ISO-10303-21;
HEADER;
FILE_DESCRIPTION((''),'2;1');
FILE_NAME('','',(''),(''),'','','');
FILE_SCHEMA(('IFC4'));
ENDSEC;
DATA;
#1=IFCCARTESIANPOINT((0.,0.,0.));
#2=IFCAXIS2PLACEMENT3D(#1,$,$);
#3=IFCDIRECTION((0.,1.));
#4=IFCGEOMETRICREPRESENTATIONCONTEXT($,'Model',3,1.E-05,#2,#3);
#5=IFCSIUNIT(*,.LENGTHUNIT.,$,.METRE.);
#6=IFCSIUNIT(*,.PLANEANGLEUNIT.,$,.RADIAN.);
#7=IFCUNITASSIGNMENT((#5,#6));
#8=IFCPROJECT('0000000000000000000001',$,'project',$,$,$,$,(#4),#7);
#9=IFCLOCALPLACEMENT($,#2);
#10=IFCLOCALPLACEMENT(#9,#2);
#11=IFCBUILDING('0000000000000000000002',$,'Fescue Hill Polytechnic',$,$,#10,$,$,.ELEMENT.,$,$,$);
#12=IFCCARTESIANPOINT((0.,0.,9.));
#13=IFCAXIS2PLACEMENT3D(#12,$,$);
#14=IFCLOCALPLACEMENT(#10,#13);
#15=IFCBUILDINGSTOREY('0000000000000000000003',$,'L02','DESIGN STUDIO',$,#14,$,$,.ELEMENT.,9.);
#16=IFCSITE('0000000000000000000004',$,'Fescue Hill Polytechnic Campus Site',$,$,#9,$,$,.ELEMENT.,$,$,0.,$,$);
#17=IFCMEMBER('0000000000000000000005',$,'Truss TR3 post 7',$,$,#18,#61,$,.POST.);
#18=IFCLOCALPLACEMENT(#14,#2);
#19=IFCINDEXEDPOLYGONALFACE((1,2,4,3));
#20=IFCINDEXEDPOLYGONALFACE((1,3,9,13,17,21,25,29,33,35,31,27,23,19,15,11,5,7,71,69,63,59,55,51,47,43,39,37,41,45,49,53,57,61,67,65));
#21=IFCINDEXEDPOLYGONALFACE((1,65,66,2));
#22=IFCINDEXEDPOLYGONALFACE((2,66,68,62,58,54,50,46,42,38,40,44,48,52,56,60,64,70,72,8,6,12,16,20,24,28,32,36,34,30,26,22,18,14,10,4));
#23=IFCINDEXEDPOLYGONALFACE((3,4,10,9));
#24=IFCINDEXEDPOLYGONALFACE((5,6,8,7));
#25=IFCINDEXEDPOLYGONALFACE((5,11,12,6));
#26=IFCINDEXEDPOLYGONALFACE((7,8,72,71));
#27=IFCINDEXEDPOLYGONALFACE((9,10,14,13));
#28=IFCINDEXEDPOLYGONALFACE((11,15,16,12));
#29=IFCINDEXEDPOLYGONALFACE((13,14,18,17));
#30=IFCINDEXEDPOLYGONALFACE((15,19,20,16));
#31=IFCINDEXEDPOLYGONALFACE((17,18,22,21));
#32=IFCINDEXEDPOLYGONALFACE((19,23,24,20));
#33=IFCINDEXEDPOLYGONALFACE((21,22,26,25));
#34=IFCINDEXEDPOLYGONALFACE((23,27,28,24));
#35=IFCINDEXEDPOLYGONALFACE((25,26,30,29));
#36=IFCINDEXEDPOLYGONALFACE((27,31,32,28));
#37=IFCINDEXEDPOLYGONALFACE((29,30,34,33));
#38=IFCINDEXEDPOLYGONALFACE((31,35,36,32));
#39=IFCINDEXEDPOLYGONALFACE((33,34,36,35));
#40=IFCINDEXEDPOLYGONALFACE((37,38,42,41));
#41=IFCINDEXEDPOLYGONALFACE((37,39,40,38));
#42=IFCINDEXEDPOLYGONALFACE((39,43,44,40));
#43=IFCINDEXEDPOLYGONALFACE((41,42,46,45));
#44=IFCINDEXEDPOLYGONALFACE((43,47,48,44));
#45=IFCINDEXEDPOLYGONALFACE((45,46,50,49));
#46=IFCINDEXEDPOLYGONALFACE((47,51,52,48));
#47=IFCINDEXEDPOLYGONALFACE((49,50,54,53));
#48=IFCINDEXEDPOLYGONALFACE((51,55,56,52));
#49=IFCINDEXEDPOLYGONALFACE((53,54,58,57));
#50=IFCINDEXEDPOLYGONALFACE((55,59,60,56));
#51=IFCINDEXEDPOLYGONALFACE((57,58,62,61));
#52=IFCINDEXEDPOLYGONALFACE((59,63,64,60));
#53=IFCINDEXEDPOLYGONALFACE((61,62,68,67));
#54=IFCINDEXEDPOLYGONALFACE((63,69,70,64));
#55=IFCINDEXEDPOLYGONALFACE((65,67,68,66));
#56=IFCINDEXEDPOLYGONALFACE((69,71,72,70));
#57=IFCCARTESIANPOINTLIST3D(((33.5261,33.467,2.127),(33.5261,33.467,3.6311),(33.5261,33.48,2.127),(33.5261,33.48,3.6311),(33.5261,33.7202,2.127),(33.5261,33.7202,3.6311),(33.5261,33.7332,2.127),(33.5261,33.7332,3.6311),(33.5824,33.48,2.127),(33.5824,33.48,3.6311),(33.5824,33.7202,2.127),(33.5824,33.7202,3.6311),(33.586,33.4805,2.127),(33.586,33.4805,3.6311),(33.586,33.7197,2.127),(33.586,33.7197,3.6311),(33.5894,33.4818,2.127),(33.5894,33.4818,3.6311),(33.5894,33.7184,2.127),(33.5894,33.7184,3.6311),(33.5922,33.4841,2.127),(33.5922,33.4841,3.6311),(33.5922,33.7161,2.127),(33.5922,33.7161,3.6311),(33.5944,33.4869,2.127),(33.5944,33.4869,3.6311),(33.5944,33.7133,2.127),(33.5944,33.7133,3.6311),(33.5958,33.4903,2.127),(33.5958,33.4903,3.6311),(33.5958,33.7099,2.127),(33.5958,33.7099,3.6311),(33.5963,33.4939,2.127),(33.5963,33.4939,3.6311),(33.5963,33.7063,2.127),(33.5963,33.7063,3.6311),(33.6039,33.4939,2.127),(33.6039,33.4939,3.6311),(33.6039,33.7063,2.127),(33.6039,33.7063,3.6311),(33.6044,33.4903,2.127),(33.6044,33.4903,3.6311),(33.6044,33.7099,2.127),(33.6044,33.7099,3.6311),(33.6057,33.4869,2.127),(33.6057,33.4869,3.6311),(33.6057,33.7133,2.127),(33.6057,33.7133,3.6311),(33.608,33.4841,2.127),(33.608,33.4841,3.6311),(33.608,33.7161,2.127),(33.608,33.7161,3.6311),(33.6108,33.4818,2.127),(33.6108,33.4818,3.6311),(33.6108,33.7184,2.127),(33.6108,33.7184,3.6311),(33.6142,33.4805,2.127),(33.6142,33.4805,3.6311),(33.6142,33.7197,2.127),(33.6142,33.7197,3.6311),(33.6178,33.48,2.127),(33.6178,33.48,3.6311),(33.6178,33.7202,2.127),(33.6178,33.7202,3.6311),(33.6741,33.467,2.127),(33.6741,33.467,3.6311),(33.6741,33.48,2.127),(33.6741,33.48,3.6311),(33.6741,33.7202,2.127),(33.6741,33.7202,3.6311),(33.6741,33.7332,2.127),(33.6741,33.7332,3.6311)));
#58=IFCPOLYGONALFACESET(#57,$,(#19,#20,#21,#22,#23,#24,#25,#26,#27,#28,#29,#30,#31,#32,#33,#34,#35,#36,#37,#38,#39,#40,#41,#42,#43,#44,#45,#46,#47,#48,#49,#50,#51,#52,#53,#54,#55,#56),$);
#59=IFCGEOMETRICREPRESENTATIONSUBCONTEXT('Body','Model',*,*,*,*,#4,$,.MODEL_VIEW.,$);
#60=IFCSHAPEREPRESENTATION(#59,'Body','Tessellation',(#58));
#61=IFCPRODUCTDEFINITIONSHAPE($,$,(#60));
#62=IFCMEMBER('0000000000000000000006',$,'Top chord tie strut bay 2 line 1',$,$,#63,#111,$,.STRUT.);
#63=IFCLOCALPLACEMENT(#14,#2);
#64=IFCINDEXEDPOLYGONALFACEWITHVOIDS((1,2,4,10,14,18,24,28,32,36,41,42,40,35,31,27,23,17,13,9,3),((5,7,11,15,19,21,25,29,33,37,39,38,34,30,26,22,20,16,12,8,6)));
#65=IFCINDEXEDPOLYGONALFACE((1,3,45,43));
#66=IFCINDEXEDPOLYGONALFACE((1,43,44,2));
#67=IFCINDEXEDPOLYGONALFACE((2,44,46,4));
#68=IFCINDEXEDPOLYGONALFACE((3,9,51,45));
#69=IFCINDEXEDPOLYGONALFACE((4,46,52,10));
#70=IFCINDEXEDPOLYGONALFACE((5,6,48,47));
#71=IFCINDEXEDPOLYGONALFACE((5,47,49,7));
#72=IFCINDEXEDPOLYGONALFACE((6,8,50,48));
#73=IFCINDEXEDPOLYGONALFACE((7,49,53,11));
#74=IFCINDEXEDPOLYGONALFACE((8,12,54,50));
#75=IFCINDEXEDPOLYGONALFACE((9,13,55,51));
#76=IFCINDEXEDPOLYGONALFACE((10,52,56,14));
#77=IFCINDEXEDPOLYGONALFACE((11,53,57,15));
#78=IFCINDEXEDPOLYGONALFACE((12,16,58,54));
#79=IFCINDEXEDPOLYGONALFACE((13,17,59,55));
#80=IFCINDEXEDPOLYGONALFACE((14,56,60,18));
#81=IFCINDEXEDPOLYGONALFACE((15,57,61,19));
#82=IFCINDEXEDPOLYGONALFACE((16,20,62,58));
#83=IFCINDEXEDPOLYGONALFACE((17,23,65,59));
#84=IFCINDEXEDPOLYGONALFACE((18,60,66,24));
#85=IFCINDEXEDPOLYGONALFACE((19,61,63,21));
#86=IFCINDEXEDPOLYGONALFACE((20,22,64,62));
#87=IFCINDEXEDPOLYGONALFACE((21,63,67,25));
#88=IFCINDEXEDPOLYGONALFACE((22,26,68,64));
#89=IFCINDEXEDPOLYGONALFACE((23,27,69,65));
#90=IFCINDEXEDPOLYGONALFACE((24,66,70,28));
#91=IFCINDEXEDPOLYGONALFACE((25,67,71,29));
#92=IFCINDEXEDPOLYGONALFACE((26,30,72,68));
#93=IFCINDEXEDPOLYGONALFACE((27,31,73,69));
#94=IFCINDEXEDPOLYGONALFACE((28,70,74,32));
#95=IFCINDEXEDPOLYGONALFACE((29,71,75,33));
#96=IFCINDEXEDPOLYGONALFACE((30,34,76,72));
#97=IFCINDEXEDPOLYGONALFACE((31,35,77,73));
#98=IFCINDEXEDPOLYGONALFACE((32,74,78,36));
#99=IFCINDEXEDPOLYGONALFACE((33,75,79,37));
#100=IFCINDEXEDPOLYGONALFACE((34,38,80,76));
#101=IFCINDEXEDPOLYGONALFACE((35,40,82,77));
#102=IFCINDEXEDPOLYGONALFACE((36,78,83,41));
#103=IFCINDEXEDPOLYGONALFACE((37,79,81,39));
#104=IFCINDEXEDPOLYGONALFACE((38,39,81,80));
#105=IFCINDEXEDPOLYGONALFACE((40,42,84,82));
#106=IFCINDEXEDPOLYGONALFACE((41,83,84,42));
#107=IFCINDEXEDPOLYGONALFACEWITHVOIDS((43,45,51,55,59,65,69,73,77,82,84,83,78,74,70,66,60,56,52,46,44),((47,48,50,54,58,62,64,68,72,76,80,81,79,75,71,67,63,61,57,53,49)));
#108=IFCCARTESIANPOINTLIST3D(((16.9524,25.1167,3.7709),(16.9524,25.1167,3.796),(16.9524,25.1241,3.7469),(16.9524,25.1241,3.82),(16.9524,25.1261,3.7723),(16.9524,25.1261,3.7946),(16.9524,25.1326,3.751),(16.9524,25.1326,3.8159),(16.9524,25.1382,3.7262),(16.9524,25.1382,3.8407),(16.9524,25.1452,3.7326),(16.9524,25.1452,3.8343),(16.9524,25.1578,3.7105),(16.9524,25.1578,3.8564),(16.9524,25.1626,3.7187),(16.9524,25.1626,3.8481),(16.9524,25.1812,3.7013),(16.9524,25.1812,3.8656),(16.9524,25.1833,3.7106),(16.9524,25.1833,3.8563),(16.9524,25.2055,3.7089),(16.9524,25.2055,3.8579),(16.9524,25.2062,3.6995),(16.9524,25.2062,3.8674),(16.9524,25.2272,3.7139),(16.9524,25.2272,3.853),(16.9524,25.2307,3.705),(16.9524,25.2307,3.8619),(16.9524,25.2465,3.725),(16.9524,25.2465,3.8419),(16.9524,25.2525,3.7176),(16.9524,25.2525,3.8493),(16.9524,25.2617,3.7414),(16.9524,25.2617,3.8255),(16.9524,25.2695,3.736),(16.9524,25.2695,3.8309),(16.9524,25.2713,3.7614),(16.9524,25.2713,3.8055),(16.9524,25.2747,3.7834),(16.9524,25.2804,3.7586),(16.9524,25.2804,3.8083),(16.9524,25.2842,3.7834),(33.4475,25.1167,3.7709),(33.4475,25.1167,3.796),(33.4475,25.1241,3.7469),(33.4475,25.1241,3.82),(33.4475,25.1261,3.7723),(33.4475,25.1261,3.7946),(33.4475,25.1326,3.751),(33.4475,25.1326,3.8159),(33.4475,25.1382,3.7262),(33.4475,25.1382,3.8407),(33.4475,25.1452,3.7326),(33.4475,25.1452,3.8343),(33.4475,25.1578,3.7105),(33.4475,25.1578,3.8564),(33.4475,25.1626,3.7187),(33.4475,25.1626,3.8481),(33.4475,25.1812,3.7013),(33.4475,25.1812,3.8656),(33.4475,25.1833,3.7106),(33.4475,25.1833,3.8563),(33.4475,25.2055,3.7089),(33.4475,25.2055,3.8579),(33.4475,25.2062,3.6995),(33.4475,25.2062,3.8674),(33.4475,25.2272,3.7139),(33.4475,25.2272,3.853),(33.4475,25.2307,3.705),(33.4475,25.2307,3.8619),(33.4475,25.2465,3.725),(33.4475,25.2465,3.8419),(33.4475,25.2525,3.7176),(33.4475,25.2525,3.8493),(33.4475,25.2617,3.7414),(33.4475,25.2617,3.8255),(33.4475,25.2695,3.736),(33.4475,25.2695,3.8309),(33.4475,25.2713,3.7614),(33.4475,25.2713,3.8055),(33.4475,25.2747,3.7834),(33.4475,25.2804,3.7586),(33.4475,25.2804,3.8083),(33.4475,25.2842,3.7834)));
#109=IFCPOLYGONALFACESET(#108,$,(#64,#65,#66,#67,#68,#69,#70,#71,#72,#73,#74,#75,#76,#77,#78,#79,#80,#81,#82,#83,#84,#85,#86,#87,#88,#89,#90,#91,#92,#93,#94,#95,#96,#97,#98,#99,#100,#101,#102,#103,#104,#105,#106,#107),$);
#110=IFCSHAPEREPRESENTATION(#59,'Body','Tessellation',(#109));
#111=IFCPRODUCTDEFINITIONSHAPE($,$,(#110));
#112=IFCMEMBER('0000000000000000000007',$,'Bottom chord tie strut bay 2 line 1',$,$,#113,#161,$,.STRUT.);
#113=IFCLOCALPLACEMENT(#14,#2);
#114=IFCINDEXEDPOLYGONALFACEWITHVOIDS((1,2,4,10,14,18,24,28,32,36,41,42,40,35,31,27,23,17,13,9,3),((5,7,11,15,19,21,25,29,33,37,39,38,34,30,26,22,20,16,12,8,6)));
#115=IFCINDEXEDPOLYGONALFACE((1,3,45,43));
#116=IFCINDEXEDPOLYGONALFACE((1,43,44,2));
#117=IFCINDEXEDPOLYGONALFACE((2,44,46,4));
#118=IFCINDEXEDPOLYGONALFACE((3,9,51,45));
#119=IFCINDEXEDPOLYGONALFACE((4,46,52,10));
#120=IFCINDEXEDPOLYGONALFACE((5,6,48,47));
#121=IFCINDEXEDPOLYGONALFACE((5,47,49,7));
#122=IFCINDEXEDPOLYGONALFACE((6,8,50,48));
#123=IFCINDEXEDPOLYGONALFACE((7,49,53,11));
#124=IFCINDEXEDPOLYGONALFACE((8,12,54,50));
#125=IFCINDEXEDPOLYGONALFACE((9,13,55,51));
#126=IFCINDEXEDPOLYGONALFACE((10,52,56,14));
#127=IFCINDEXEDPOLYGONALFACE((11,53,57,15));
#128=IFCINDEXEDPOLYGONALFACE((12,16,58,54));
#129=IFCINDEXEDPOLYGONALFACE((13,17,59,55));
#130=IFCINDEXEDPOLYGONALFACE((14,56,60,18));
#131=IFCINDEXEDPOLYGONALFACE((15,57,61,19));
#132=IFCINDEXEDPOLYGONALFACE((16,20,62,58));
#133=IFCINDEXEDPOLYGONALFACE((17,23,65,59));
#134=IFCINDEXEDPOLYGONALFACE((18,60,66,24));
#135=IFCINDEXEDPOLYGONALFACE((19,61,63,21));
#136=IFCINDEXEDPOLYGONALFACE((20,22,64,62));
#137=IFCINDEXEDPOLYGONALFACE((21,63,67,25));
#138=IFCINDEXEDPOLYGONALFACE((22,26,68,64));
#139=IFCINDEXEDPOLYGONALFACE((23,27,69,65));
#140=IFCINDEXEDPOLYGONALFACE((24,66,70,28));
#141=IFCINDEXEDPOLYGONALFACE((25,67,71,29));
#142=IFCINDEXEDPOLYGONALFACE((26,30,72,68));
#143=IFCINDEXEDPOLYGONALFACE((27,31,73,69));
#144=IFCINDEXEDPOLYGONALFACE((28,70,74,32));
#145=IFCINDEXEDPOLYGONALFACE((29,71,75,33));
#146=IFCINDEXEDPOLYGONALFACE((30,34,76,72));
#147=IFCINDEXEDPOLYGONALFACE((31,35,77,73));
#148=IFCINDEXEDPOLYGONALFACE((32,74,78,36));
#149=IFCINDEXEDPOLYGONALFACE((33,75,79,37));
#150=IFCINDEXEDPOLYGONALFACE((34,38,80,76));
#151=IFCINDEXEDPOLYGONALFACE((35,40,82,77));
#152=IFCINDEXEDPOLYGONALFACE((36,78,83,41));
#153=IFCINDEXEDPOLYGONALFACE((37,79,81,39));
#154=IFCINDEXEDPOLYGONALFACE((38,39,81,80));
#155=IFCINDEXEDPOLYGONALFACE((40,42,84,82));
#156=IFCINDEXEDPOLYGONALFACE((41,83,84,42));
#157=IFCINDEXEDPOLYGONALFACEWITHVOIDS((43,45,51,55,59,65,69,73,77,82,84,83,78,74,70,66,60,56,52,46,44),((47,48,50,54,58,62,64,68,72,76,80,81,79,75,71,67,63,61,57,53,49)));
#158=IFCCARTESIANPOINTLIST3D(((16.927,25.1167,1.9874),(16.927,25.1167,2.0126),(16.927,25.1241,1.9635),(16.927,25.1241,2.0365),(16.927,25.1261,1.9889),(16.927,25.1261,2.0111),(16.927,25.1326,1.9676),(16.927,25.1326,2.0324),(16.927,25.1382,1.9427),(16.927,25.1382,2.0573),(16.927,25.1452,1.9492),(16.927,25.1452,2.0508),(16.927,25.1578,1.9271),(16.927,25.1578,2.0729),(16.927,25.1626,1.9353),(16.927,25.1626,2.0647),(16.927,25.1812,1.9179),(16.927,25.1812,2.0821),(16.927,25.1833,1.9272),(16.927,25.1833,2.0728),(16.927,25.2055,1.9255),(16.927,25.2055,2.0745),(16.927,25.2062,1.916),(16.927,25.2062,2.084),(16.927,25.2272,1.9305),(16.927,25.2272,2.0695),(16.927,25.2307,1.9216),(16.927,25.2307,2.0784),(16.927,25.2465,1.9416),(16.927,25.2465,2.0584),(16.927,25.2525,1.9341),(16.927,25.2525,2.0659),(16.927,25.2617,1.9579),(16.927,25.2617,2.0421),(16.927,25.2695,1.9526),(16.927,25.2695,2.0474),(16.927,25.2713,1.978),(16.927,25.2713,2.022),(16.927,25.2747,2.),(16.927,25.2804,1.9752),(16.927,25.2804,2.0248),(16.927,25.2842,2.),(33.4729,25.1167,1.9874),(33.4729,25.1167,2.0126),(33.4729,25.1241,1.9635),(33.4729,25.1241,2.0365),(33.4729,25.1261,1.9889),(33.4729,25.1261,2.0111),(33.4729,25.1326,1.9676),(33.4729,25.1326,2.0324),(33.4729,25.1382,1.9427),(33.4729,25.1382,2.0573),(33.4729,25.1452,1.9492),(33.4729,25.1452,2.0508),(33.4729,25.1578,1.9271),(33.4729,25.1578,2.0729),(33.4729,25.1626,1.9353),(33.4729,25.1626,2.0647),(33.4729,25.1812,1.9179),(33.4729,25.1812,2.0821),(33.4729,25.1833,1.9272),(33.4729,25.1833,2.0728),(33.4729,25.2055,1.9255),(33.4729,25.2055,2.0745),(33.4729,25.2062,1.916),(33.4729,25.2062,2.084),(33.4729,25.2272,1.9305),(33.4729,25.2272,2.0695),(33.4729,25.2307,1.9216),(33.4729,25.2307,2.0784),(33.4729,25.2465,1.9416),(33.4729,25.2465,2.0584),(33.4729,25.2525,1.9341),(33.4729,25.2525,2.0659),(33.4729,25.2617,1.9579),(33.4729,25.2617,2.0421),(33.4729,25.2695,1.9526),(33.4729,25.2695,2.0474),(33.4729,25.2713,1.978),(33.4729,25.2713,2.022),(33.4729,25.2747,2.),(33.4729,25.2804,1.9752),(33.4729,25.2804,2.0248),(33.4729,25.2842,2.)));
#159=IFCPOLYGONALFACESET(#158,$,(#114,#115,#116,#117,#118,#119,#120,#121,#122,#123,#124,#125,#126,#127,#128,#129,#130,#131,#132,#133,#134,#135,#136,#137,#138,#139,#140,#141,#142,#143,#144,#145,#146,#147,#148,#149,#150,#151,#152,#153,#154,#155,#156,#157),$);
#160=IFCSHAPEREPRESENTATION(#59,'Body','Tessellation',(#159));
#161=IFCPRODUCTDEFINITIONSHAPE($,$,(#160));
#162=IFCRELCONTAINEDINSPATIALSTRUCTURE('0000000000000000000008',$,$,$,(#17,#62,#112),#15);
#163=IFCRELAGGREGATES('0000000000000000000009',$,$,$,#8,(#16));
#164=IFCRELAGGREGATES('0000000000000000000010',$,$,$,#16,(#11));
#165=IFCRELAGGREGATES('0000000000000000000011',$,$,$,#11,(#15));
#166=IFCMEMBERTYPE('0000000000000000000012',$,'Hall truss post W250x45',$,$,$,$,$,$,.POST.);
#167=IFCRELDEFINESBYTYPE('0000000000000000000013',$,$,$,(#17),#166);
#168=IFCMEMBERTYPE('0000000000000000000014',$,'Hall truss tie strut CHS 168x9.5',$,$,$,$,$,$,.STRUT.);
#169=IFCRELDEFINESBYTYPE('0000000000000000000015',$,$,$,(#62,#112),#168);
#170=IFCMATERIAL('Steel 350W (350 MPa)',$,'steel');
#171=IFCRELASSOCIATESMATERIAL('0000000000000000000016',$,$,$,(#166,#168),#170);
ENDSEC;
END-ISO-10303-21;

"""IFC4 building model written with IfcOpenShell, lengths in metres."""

from ifc_helpers import new_model, si_unit, direction, frame, origin, origin_2d, place, context, subcontext, project, spatial, hollow_circle, i_section, extrude, material, material_profile, profile_set, type_object, element, save


model = new_model("IFC4")

# Units and contexts
model_context = context("Model", 3, precision=1e-05, world=origin(), true_north=direction((0.0, 1.0)))
body_context = subcontext(model_context, "Body", "Model", "MODEL_VIEW")
ifc_project = project(units=[si_unit("LENGTHUNIT", "METRE"), si_unit("PLANEANGLEUNIT", "RADIAN")], contexts=[model_context])

# Site, building, storey
site_placement = place(None, origin())
site = spatial("IfcSite", under=ifc_project, at=site_placement, Name="Fescue Hill Polytechnic Campus Site", CompositionType="ELEMENT", RefElevation=0.0)
building_placement = place(site_placement, origin())
building = spatial("IfcBuilding", under=site, at=building_placement, Name="Fescue Hill Polytechnic", CompositionType="ELEMENT")
storey_placement = place(building_placement, frame((0.0, 0.0, 9.0)))
storey = spatial("IfcBuildingStorey", under=building, at=storey_placement, Name="L02", Description="DESIGN STUDIO", CompositionType="ELEMENT", Elevation=9.0)

# Members
ifc_material = material(Name="Steel 350W (350 MPa)", Category="steel")
ifc_material_profile_1 = material_profile(ifc_material, i_section(OverallWidth=0.1479, OverallDepth=0.2661, WebThickness=0.0076, FlangeThickness=0.0129, FilletRadius=0.0139, at=origin_2d()), Name="W250x45")
ifc_profile_set_1 = profile_set([ifc_material_profile_1], Name="Steel 350W (350 MPa)")
member_type_1 = type_object("IfcMemberType", Name="Hall truss post W250x45", PredefinedType="POST", material=ifc_profile_set_1)
for number, where, z_axis, x_axis, name in (
    (1, (33.6001, 33.6001, 2.127), (0.0, 0.0, 1.0), (1.0, 0.0, 0.0), "Truss TR3 post 7"),
):
    element("IfcMember", number, at=place(storey_placement, frame(where, z_axis=z_axis, x_axis=x_axis)), inside=storey, type_object=member_type_1, Name=name, PredefinedType="POST", context=body_context, shape_type="SweptSolid", body=[
        extrude(i_section(OverallWidth=0.1479, OverallDepth=0.2661, WebThickness=0.0076, FlangeThickness=0.0129, FilletRadius=0.0139, at=origin_2d()), origin(), (0.0, 0.0, 1.0), 1.5042),
    ])
ifc_material_profile_2 = material_profile(ifc_material, hollow_circle(Radius=0.0842, WallThickness=0.0095, at=origin_2d()), Name="Hall truss tie strut CHS 168x9.5")
ifc_profile_set_2 = profile_set([ifc_material_profile_2], Name="Steel 350W (350 MPa)")
member_type_2 = type_object("IfcMemberType", Name="Hall truss tie strut CHS 168x9.5", PredefinedType="STRUT", material=ifc_profile_set_2)
member_1_placement = place(storey_placement, frame((16.9524, 25.2, 3.7834), z_axis=(1.0, 0.0, 0.0), x_axis=(0.0, 1.0, 0.0)))
element("IfcMember", 2, at=member_1_placement, inside=storey, type_object=member_type_2, Name="Top chord tie strut bay 2 line 1", PredefinedType="STRUT", context=body_context, shape_type="SweptSolid", body=[
    extrude(hollow_circle(Radius=0.0842, WallThickness=0.0095, at=origin_2d()), origin(), (0.0, 0.0, 1.0), 16.4951),
])
member_2_placement = place(storey_placement, frame((16.927, 25.2, 2.0), z_axis=(1.0, 0.0, 0.0), x_axis=(0.0, 1.0, 0.0)))
element("IfcMember", 3, at=member_2_placement, inside=storey, type_object=member_type_2, Name="Bottom chord tie strut bay 2 line 1", PredefinedType="STRUT", context=body_context, shape_type="SweptSolid", body=[
    extrude(hollow_circle(Radius=0.0842, WallThickness=0.0095, at=origin_2d()), origin(), (0.0, 0.0, 1.0), 16.5459),
])

save(model, "model.ifc")
